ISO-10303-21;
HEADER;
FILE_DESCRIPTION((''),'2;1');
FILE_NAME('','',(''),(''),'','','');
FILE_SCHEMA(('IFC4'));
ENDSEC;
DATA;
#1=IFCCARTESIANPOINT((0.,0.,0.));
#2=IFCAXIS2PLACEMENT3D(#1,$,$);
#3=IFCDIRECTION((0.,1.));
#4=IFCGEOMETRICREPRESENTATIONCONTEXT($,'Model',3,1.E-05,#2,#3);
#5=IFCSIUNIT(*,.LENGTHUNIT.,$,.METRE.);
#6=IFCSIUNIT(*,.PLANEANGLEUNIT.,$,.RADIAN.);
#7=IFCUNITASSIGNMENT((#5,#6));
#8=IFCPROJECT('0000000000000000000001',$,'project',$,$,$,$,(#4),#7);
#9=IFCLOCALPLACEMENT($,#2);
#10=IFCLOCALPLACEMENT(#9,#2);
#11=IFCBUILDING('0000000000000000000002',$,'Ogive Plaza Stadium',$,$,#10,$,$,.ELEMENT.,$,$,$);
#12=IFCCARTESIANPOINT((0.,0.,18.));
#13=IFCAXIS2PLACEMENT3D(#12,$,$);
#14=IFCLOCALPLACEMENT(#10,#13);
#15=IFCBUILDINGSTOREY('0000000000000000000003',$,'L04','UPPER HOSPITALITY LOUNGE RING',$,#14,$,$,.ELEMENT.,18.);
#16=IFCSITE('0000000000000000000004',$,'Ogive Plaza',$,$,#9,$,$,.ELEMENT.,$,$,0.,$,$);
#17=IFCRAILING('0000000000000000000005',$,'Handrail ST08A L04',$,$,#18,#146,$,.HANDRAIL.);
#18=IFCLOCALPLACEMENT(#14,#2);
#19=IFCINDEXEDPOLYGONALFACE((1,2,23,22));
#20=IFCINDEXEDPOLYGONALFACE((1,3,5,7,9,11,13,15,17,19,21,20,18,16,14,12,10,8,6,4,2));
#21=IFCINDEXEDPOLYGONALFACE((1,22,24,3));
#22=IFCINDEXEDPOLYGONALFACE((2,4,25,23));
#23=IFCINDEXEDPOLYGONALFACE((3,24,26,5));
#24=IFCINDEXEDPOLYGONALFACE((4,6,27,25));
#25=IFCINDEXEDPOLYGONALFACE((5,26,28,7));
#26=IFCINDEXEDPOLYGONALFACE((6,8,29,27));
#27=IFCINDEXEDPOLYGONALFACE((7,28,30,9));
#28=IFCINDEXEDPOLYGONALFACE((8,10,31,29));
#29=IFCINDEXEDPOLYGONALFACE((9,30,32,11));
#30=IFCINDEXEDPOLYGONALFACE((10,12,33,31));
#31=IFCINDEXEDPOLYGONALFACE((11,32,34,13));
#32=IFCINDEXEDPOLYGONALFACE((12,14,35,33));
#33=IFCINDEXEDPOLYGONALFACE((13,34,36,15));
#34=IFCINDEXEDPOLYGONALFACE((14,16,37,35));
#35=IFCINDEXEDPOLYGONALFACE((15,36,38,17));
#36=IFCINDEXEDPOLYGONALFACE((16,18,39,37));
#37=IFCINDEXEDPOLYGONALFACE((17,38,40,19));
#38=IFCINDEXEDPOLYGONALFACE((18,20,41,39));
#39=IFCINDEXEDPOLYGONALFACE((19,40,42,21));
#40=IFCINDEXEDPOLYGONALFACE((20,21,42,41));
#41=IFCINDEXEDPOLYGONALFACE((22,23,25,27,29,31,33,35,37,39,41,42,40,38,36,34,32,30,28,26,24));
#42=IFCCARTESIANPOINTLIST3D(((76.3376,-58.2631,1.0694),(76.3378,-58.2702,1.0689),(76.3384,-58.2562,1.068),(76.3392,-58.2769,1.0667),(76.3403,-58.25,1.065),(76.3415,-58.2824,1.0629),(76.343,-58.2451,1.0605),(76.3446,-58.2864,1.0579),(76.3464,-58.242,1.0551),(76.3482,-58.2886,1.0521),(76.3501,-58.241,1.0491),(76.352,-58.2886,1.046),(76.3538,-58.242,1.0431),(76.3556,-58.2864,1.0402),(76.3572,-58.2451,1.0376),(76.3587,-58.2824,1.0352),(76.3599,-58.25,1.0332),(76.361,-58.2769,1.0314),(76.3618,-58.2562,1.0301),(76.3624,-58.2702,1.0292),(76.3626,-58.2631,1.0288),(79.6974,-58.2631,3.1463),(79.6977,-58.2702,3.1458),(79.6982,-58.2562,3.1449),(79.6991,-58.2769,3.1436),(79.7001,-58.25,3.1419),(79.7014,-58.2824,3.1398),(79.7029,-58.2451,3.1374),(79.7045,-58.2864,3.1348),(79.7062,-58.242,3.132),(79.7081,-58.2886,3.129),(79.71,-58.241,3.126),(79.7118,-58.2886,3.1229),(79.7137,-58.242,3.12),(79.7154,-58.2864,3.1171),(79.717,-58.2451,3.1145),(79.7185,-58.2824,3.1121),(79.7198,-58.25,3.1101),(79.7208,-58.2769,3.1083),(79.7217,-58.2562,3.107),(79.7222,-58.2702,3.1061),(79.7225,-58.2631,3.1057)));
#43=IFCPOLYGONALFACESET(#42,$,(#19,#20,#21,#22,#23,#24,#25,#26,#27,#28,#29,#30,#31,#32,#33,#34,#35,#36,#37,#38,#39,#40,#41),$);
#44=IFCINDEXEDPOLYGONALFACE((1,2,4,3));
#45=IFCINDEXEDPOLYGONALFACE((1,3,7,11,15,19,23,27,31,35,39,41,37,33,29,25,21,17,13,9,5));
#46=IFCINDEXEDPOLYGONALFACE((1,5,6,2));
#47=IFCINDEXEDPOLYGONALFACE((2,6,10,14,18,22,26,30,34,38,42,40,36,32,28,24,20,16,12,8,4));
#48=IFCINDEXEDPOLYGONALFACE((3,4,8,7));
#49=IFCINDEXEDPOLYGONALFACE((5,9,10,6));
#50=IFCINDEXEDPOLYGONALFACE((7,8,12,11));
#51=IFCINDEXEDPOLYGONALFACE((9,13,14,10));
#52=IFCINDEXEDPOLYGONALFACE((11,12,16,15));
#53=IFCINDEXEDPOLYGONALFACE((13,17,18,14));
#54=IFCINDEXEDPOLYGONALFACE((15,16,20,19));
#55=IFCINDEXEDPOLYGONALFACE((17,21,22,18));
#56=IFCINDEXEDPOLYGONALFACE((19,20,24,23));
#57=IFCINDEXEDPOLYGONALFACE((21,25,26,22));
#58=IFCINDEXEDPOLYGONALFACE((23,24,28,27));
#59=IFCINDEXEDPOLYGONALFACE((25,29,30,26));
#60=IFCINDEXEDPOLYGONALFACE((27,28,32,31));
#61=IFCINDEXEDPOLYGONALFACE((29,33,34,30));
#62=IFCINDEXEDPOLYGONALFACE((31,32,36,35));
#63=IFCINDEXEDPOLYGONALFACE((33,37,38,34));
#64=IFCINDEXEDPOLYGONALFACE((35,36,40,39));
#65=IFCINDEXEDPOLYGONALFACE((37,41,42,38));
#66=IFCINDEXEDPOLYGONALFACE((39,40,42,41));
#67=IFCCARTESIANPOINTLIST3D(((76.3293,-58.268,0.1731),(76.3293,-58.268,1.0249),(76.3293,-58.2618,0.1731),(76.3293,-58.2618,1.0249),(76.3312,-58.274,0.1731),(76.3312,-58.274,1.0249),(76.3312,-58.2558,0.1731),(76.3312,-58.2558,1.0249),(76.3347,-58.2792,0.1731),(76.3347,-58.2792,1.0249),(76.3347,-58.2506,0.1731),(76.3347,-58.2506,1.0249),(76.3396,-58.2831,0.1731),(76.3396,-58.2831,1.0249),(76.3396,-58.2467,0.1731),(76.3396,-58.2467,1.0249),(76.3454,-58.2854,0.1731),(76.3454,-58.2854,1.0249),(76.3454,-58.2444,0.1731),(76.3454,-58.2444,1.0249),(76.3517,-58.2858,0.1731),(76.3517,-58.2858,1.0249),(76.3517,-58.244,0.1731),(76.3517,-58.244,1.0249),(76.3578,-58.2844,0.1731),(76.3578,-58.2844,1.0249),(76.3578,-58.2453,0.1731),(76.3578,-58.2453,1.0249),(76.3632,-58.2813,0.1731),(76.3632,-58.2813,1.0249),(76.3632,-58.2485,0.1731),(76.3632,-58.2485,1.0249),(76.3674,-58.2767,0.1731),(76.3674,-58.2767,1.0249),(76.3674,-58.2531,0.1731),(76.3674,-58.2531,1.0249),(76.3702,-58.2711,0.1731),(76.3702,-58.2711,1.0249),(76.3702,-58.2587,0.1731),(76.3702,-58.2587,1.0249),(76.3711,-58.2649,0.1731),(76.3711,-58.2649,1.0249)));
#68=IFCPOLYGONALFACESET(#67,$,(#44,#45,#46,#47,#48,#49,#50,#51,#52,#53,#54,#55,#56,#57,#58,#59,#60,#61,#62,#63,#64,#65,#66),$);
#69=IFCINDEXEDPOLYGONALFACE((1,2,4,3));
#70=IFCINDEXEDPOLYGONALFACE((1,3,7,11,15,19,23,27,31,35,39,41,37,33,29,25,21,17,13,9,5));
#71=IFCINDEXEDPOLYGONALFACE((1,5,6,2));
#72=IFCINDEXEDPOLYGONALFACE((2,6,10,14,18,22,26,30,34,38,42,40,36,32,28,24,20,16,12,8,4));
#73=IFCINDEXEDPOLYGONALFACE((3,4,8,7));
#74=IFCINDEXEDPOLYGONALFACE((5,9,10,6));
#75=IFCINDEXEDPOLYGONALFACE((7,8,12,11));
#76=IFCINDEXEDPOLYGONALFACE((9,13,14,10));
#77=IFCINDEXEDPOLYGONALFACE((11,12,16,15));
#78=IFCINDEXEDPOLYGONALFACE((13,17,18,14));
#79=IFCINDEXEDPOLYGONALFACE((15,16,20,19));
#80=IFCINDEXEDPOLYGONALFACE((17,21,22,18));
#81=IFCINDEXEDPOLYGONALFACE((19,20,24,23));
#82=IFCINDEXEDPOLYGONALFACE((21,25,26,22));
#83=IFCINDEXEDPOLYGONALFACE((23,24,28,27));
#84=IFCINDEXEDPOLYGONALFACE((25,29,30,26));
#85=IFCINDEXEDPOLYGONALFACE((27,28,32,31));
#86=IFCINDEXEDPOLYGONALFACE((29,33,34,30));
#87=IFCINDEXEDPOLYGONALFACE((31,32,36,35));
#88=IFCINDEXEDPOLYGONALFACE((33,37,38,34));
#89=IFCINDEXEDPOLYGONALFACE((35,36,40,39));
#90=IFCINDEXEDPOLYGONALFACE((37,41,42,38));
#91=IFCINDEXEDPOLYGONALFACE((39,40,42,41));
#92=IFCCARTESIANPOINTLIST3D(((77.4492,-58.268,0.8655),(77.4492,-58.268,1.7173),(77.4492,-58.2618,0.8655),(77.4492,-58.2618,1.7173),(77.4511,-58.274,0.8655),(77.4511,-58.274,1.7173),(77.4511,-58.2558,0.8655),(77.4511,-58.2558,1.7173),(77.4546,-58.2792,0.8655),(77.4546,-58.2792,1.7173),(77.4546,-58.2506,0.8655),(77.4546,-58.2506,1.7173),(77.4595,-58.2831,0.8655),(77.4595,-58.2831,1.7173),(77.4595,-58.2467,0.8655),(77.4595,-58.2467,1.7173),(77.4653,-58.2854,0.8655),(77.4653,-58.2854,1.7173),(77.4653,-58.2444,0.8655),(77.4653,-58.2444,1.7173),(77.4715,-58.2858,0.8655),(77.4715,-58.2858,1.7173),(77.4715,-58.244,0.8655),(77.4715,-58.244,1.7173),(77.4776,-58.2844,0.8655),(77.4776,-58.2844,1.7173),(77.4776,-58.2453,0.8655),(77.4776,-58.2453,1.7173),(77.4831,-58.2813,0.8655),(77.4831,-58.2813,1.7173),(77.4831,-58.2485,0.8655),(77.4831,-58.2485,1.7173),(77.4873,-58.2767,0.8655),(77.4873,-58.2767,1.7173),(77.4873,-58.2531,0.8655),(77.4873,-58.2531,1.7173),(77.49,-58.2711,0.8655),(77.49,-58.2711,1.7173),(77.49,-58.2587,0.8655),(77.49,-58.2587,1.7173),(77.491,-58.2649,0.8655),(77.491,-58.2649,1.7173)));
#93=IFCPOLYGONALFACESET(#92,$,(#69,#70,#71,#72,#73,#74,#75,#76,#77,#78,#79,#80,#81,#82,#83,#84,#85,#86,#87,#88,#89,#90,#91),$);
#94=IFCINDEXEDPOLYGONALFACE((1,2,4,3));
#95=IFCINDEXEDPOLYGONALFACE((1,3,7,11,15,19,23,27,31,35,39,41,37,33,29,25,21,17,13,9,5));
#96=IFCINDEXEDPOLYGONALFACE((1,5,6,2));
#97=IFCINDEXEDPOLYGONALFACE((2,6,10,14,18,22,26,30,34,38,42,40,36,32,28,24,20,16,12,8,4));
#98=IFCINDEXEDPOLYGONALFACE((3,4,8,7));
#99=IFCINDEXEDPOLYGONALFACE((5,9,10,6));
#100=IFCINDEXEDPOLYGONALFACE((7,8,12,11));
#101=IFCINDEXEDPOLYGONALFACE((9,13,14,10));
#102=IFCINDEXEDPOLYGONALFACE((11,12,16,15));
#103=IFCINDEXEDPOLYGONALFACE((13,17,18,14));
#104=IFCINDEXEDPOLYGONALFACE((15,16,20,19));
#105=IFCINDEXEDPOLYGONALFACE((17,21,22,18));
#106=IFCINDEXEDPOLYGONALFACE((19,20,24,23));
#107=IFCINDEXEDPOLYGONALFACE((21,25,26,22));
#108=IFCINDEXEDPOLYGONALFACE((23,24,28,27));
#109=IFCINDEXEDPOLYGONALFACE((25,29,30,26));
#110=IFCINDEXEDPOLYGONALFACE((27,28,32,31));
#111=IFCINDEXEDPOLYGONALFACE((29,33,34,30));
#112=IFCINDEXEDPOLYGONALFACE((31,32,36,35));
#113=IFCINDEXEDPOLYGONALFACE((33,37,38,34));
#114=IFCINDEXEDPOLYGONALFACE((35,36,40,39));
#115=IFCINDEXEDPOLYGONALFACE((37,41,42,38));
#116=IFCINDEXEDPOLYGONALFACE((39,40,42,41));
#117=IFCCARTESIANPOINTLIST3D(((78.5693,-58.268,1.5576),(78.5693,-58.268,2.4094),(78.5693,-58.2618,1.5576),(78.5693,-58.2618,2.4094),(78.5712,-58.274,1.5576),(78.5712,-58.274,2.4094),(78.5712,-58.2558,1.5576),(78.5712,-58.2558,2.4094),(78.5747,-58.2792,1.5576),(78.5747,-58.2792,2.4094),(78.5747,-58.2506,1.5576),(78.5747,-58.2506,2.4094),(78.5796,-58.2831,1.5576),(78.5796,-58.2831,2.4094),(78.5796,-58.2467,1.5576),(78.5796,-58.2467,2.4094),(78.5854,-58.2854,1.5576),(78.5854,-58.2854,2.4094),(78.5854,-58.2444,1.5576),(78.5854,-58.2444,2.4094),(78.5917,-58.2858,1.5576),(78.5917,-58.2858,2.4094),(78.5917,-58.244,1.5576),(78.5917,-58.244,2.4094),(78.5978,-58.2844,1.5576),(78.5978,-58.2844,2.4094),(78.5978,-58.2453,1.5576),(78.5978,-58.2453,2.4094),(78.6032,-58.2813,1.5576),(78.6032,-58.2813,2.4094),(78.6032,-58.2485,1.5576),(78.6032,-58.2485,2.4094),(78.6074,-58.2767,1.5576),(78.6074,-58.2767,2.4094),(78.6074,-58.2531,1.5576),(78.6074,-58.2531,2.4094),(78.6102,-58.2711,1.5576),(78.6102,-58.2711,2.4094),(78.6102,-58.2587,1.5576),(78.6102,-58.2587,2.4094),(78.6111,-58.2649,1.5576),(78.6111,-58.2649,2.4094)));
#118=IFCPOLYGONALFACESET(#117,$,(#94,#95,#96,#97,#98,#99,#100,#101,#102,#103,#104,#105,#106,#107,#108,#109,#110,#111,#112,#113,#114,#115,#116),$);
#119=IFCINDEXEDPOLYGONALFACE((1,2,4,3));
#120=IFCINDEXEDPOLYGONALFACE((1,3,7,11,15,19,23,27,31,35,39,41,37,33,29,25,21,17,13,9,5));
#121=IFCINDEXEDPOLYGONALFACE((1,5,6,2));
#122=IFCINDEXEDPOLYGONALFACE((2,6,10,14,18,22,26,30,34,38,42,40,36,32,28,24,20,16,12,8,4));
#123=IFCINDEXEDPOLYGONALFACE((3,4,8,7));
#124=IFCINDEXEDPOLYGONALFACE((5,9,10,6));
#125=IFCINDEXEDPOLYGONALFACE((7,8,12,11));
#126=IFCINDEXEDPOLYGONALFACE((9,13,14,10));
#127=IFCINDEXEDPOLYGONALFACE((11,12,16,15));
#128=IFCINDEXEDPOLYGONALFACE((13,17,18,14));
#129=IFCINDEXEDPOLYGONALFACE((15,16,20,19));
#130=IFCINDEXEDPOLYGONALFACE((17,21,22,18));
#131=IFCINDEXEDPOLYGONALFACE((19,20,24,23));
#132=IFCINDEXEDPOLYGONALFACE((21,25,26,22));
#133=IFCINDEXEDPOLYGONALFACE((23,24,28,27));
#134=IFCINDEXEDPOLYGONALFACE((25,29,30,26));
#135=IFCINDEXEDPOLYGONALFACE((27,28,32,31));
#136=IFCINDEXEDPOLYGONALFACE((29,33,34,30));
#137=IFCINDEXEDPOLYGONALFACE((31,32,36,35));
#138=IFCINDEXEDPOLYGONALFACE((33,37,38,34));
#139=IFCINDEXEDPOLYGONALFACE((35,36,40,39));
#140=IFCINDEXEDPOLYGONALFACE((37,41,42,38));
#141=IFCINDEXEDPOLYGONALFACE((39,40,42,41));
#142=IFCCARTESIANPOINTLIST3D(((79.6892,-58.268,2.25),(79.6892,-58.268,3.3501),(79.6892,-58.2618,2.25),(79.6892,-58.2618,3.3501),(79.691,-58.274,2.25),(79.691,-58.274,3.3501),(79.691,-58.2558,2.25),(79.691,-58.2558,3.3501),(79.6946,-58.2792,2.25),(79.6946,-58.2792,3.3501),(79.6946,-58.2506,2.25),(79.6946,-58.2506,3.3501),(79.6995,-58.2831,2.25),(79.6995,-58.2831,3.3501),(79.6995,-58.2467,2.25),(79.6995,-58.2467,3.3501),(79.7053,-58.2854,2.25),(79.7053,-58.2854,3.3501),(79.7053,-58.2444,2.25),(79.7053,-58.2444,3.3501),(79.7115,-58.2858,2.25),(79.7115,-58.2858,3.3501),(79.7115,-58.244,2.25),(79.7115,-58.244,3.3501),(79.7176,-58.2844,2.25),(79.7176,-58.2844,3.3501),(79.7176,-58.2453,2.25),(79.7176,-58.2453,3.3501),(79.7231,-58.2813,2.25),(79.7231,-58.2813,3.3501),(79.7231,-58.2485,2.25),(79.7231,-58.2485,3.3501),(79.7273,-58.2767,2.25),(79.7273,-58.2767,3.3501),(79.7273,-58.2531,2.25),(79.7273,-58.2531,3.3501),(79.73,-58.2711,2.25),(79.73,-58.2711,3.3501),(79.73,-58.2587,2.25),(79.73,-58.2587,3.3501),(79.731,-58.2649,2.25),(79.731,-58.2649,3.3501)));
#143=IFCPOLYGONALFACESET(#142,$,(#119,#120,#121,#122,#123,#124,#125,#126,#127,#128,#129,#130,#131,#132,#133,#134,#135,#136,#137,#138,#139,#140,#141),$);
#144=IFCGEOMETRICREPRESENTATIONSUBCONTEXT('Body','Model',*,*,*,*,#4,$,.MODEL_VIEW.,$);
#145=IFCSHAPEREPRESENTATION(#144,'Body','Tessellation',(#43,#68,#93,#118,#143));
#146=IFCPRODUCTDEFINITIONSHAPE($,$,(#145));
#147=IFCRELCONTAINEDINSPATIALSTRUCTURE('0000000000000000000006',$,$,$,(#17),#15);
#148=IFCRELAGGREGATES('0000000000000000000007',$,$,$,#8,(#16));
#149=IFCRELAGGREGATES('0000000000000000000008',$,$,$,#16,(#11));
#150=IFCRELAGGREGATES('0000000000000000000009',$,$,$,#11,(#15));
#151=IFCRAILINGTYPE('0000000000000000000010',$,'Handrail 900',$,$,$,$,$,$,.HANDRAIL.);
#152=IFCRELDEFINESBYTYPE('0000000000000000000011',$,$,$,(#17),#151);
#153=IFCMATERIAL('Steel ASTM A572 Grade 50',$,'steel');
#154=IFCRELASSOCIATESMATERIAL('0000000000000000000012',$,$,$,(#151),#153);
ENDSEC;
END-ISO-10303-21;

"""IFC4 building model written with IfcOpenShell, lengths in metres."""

from ifc_helpers import new_model, si_unit, direction, frame, origin, origin_2d, place, context, subcontext, project, spatial, circle, extrude, material, type_object, element, save


model = new_model("IFC4")

# Units and contexts
model_context = context("Model", 3, precision=1e-05, world=origin(), true_north=direction((0.0, 1.0)))
body_context = subcontext(model_context, "Body", "Model", "MODEL_VIEW")
ifc_project = project(units=[si_unit("LENGTHUNIT", "METRE"), si_unit("PLANEANGLEUNIT", "RADIAN")], contexts=[model_context])

# Site, building, storey
site_placement = place(None, origin())
site = spatial("IfcSite", under=ifc_project, at=site_placement, Name="Ogive Plaza", CompositionType="ELEMENT", RefElevation=0.0)
building_placement = place(site_placement, origin())
building = spatial("IfcBuilding", under=site, at=building_placement, Name="Ogive Plaza Stadium", CompositionType="ELEMENT")
storey_placement = place(building_placement, frame((0.0, 0.0, 18.0)))
storey = spatial("IfcBuildingStorey", under=building, at=storey_placement, Name="L04", Description="UPPER HOSPITALITY LOUNGE RING", CompositionType="ELEMENT", Elevation=18.0)

# Railing
ifc_material_1 = material(Name="Steel ASTM A572 Grade 50", Category="steel")
railing_type_1 = type_object("IfcRailingType", Name="Handrail 900", PredefinedType="HANDRAIL", material=ifc_material_1)
for number, where, name in (
    (1, (76.3501, -58.2649, 0.1731), "Handrail ST08A L04"),
):
    element("IfcRailing", number, at=place(storey_placement, frame(where)), inside=storey, type_object=railing_type_1, Name=name, PredefinedType="HANDRAIL", context=body_context, shape_type="SweptSolid", body=[
        extrude(circle(Radius=0.0239, at=origin_2d()), frame((0.0, 0.0, 0.876), z_axis=(0.850606, 0.0, 0.525803), x_axis=(0.0, 1.0, 0.0)), (0.0, 0.0, 1.0), 3.95),
        extrude(circle(Radius=0.021, at=origin_2d()), origin(), (0.0, 0.0, 1.0), 0.8518),
        extrude(circle(Radius=0.021, at=origin_2d()), frame((1.1199, 0.0, 0.6924)), (0.0, 0.0, 1.0), 0.8518),
        extrude(circle(Radius=0.021, at=origin_2d()), frame((2.24, 0.0, 1.3845)), (0.0, 0.0, 1.0), 0.8518),
        extrude(circle(Radius=0.021, at=origin_2d()), frame((3.3599, 0.0, 2.0769)), (0.0, 0.0, 1.0), 1.1001),
    ])

save(model, "model.ifc")
